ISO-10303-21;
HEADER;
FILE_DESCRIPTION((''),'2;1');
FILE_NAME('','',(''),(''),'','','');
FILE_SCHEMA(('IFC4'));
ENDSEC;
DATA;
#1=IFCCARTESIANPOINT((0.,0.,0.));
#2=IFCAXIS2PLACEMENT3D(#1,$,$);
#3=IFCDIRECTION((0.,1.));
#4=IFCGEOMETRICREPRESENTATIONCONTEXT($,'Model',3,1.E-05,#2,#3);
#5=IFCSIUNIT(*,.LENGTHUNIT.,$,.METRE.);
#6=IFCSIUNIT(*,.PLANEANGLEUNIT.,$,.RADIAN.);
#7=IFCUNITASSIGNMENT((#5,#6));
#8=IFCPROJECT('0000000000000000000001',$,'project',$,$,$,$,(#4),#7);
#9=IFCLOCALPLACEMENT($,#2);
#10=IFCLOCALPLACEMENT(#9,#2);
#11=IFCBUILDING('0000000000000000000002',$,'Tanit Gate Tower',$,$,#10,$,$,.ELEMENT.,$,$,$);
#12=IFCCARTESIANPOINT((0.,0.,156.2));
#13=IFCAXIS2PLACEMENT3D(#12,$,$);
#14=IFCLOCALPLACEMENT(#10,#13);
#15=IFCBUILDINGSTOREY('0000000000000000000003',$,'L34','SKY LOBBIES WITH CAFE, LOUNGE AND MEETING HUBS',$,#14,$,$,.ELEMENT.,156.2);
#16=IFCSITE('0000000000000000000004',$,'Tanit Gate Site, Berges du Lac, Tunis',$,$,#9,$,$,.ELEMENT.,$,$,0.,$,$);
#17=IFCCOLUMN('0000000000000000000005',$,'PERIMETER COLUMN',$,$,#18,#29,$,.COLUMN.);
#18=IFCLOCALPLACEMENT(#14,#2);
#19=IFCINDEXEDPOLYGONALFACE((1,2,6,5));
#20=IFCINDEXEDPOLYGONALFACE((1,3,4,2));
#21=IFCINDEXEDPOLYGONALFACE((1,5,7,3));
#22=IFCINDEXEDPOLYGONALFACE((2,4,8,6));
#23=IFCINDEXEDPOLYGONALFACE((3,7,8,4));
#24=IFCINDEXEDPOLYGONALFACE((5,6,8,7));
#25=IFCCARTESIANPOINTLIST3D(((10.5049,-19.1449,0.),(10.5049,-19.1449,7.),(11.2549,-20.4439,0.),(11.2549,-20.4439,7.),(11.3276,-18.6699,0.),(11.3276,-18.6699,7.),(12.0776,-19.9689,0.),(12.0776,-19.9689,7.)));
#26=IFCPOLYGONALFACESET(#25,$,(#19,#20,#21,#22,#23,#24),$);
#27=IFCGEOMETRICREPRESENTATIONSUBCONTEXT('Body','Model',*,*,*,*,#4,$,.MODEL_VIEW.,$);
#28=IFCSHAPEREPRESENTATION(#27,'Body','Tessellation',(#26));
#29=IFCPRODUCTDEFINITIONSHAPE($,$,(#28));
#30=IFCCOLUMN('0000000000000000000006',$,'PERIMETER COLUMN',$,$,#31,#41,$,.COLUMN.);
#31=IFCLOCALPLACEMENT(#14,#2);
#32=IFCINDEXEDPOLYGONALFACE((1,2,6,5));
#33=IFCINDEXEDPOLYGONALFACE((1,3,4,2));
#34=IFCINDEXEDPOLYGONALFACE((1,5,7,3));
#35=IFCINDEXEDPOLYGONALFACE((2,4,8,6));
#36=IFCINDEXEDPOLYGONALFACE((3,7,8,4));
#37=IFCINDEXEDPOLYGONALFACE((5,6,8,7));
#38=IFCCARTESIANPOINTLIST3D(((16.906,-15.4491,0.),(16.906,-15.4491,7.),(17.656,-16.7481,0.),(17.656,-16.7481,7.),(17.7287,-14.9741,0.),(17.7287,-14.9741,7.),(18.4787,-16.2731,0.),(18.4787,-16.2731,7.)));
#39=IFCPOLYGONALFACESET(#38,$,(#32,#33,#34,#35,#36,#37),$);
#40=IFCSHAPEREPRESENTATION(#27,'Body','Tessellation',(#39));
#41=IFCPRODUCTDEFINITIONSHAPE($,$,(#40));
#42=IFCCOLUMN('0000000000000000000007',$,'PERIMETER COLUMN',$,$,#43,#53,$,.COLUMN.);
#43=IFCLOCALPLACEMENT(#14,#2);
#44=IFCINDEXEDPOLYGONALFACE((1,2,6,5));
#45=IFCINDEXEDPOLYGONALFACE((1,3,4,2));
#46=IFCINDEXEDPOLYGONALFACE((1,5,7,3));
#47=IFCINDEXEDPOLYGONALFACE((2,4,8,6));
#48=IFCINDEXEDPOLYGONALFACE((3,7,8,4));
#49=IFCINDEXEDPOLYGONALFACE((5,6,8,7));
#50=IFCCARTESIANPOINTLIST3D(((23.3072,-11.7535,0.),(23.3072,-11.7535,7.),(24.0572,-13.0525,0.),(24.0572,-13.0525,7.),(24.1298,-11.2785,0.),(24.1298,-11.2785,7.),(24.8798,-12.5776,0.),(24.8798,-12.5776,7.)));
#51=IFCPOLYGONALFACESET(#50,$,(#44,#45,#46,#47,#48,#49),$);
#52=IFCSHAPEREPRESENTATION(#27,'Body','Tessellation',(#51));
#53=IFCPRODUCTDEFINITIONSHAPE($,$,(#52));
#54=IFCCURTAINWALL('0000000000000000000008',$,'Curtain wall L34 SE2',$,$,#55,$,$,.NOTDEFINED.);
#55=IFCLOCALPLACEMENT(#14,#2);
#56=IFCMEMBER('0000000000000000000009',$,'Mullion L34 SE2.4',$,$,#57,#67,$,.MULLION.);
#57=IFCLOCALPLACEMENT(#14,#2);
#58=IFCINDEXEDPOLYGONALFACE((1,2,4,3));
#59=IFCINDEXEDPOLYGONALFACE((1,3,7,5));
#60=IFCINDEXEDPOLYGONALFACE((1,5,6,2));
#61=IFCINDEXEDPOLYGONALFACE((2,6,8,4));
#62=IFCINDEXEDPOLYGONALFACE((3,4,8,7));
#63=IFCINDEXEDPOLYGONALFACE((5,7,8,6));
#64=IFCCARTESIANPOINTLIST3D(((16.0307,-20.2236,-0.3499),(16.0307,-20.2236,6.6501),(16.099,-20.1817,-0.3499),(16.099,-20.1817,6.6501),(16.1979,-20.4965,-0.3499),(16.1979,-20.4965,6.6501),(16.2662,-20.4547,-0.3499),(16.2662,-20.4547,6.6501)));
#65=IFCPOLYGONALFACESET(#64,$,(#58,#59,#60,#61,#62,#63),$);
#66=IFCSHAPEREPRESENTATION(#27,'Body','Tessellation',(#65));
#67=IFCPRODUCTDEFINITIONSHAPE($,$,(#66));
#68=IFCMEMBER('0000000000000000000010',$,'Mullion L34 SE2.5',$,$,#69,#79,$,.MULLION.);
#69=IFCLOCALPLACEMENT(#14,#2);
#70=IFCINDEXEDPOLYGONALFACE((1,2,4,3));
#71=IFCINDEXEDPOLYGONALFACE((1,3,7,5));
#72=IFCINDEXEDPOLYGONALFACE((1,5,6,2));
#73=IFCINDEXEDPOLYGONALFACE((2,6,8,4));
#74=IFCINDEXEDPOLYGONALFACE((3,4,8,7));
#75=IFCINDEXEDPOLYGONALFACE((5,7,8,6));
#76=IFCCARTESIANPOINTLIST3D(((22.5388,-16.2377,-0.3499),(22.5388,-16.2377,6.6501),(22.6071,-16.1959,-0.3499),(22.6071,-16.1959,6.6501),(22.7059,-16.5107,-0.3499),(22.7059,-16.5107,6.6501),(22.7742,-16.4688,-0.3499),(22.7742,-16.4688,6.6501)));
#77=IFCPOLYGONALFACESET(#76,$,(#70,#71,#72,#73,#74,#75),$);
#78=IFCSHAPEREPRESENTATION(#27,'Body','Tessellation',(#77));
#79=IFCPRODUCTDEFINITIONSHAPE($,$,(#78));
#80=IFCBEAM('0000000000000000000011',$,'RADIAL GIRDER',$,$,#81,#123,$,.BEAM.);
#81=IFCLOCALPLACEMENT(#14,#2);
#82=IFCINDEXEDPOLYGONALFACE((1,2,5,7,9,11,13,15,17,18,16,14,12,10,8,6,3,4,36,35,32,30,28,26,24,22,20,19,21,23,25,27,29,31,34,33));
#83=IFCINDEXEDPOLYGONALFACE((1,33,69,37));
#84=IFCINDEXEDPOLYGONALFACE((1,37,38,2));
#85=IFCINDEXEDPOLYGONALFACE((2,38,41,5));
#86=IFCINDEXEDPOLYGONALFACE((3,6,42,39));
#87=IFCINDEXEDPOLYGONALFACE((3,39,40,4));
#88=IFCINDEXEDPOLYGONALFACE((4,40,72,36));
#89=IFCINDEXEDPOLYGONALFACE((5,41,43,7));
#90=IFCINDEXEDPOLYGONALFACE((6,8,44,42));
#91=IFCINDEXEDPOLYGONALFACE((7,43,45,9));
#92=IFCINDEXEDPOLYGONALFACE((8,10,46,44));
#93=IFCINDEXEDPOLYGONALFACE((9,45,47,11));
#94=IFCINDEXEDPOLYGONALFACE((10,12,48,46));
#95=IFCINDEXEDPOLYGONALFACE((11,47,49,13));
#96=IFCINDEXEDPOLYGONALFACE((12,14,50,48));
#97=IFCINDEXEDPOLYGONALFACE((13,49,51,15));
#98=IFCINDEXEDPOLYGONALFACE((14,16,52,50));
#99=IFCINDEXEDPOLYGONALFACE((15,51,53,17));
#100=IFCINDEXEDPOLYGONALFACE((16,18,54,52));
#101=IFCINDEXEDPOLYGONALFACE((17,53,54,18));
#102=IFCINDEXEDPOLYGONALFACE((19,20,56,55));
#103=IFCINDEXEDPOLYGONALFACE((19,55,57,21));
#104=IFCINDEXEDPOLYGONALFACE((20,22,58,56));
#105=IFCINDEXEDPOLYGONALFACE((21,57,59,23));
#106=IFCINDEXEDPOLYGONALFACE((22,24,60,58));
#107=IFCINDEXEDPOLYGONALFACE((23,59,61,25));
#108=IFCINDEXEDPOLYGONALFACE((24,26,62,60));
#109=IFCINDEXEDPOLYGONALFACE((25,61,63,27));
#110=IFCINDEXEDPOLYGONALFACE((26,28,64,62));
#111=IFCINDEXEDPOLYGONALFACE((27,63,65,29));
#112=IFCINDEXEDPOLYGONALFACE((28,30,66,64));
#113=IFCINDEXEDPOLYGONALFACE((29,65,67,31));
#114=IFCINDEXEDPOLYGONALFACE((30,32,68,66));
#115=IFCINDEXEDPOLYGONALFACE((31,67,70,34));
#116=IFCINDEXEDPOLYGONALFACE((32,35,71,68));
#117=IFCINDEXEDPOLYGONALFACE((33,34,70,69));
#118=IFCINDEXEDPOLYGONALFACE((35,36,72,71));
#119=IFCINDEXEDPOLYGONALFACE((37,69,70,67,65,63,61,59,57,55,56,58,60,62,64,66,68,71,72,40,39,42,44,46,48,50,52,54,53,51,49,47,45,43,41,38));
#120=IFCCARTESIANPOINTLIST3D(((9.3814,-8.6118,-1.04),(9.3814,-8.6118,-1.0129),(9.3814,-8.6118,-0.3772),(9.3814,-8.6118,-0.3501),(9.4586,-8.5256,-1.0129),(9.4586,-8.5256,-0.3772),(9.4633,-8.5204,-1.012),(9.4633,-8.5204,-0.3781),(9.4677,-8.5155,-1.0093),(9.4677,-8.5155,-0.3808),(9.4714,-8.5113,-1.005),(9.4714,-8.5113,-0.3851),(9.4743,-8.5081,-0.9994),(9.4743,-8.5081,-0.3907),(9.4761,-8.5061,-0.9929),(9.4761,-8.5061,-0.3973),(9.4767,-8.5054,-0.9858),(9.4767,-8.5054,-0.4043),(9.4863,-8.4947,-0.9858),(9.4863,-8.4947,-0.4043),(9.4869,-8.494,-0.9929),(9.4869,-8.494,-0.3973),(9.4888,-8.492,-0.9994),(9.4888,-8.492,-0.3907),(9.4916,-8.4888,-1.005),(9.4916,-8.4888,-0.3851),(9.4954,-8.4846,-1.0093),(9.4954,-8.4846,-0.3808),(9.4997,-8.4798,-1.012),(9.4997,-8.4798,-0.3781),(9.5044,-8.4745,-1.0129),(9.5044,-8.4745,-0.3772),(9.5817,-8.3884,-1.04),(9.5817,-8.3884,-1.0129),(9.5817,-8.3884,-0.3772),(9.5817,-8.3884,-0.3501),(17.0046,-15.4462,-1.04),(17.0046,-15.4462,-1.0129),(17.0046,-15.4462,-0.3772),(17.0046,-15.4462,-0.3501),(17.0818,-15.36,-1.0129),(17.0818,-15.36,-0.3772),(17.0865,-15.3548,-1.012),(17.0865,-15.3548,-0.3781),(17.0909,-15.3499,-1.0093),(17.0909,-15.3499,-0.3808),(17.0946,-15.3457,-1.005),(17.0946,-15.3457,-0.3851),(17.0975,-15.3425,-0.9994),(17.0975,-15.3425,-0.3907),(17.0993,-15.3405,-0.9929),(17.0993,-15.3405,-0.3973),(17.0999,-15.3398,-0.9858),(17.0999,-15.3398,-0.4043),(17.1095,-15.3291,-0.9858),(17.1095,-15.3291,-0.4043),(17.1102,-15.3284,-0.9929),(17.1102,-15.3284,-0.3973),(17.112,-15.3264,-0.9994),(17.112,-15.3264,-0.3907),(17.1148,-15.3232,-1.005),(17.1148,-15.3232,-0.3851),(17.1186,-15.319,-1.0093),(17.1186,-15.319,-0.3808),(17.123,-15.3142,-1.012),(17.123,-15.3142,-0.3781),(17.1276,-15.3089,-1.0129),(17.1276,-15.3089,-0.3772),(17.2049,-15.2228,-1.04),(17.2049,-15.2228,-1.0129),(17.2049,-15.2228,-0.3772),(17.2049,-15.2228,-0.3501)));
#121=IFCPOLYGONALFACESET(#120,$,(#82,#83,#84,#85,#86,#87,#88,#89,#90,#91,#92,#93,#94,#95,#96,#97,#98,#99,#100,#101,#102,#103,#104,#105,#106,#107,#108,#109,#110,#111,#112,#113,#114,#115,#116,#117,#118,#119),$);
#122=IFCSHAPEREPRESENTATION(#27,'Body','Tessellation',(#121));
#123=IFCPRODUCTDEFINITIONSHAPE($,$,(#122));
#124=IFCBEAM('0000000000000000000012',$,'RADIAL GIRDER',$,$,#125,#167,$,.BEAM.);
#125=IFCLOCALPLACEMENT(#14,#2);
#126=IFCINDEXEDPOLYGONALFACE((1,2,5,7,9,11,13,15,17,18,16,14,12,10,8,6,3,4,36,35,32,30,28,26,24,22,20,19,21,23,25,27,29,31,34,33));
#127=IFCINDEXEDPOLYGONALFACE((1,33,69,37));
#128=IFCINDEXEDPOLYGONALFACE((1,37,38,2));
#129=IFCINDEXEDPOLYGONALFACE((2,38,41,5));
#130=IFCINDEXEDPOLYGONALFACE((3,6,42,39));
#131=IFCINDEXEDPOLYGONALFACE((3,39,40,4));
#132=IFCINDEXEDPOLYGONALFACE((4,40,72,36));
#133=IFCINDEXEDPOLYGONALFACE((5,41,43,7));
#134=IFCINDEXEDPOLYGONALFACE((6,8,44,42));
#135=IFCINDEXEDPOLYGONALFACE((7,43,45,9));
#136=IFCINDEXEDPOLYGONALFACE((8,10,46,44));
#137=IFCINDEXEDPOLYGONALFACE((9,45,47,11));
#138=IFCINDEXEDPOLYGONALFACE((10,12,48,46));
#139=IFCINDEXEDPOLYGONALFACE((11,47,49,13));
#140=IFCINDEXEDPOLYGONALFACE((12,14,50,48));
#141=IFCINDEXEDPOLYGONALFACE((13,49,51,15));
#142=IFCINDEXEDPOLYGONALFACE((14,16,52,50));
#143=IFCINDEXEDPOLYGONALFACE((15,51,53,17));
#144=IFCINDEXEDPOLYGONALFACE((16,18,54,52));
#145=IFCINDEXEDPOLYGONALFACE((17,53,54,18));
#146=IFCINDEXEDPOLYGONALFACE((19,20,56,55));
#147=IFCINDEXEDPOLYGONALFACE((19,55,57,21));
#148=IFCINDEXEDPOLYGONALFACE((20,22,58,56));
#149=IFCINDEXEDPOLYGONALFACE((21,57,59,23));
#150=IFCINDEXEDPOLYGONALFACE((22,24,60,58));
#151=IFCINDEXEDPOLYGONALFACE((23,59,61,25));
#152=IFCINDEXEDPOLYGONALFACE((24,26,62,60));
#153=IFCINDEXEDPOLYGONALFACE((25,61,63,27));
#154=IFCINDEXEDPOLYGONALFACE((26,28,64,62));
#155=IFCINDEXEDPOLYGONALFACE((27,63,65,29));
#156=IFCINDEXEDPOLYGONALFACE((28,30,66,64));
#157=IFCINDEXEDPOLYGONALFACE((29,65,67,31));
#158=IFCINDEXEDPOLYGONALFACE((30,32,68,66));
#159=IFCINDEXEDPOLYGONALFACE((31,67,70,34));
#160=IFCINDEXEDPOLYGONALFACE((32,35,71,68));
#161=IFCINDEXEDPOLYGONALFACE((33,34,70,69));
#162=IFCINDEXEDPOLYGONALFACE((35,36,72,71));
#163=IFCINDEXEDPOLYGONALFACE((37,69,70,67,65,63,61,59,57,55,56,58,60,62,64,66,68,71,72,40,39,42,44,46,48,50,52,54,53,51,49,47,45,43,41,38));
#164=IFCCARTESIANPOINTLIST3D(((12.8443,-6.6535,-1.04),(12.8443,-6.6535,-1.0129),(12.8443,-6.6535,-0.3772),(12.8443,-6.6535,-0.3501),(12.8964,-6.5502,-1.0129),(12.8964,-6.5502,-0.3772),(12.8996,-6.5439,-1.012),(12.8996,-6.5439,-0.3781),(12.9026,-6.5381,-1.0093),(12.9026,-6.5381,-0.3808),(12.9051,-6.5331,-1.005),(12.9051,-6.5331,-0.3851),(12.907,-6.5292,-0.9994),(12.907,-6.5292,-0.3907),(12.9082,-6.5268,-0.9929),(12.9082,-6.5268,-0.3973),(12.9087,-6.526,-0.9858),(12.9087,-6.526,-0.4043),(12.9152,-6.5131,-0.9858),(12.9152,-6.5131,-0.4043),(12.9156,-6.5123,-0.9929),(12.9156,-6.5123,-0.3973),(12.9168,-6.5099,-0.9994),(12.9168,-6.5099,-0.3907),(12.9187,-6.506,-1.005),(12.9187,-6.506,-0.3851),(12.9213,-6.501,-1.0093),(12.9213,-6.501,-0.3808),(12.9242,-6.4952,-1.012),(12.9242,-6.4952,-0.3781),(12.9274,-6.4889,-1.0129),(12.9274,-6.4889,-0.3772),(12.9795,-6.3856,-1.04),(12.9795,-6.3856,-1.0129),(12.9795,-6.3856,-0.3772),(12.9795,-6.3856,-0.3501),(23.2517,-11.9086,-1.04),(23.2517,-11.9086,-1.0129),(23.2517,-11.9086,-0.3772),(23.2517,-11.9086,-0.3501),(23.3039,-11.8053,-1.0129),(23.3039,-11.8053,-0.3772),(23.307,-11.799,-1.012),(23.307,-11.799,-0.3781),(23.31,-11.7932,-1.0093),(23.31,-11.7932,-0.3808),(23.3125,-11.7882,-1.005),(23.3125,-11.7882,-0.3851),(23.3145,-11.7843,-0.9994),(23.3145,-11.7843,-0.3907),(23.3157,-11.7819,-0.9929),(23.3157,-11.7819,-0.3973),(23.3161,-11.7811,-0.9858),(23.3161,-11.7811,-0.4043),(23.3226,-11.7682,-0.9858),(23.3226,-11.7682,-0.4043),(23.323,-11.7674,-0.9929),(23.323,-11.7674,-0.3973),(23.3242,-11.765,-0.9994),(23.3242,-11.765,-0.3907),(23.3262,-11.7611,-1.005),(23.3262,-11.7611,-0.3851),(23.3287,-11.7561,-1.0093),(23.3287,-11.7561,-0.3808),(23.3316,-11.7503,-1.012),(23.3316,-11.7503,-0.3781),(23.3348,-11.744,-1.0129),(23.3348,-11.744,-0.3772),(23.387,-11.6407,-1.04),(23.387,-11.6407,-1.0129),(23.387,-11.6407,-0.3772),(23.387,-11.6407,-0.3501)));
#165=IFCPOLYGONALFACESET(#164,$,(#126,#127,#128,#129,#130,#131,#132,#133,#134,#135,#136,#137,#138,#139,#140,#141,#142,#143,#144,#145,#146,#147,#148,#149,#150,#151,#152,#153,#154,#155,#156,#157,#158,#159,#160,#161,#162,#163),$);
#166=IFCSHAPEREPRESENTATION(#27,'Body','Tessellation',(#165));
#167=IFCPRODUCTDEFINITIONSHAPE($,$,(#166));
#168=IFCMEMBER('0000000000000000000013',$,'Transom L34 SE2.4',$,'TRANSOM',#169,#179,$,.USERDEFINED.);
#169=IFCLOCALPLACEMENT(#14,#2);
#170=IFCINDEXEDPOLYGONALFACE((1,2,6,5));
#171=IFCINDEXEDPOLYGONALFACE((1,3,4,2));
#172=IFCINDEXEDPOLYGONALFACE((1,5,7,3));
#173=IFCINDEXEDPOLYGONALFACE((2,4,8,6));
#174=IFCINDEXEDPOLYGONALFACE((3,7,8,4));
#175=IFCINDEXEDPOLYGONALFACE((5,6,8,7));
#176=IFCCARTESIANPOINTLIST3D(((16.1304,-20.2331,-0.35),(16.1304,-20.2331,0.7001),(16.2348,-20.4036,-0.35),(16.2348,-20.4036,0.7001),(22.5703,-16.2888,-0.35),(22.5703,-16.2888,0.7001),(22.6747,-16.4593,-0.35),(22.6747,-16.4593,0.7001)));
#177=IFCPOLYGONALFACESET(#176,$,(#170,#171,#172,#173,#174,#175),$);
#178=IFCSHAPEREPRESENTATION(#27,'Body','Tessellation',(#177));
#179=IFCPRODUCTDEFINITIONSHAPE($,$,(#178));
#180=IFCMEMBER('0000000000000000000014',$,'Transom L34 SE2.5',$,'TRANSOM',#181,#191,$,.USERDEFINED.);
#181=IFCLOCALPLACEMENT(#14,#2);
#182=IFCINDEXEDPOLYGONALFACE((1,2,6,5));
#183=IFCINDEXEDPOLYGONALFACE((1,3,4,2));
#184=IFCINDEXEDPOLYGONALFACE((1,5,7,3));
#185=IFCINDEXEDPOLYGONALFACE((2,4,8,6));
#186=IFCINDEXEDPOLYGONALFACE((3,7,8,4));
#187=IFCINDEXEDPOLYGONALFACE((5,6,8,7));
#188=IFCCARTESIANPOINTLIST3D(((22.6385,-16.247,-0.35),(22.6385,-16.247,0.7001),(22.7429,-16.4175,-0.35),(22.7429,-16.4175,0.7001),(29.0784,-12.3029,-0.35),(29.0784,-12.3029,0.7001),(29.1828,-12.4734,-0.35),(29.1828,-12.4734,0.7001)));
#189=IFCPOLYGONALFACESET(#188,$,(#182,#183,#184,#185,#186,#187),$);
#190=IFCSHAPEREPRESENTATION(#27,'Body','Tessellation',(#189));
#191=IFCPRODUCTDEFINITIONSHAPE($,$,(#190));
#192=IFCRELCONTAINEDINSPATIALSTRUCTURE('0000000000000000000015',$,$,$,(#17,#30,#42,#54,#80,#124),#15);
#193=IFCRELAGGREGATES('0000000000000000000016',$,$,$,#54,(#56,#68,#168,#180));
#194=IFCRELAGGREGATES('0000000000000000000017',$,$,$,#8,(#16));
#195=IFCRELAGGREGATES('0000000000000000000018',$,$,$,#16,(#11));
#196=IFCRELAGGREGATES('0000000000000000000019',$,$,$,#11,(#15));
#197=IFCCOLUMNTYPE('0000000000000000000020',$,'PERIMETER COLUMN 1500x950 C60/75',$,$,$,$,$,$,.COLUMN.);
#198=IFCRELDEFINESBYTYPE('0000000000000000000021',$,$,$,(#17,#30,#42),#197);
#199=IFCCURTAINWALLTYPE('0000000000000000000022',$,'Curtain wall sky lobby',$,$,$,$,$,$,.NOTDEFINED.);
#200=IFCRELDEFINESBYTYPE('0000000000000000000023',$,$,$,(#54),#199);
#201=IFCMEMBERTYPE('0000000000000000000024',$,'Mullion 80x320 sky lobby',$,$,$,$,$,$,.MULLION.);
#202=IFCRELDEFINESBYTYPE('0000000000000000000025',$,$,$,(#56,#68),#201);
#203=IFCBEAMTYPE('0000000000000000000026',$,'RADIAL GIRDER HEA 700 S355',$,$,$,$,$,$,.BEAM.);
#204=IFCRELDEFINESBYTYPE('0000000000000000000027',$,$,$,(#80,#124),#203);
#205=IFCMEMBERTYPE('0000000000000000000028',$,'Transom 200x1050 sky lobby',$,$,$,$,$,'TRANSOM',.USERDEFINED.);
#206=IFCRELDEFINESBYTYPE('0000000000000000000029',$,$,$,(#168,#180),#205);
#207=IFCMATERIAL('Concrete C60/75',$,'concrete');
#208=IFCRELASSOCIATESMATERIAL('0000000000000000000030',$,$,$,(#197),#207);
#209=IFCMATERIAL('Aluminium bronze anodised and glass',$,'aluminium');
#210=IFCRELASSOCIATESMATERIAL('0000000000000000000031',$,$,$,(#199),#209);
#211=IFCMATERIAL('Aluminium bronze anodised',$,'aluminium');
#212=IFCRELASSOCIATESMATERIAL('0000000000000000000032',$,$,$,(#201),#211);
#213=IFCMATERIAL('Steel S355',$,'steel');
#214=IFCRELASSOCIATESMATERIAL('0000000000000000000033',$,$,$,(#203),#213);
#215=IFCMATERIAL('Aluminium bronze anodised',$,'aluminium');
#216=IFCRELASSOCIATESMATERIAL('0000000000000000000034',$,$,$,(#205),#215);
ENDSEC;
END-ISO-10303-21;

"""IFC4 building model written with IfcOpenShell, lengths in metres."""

from ifc_helpers import new_model, si_unit, direction, frame, origin, origin_2d, place, context, subcontext, project, spatial, rectangle, i_section, extrude, material, material_profile, profile_set, type_object, element, aggregate, save


model = new_model("IFC4")

# Units and contexts
model_context = context("Model", 3, precision=1e-05, world=origin(), true_north=direction((0.0, 1.0)))
body_context = subcontext(model_context, "Body", "Model", "MODEL_VIEW")
ifc_project = project(units=[si_unit("LENGTHUNIT", "METRE"), si_unit("PLANEANGLEUNIT", "RADIAN")], contexts=[model_context])

# Site, building, storey
site_placement = place(None, origin())
site = spatial("IfcSite", under=ifc_project, at=site_placement, Name="Tanit Gate Site, Berges du Lac, Tunis", CompositionType="ELEMENT", RefElevation=0.0)
building_placement = place(site_placement, origin())
building = spatial("IfcBuilding", under=site, at=building_placement, Name="Tanit Gate Tower", CompositionType="ELEMENT")
storey_placement = place(building_placement, frame((0.0, 0.0, 156.2)))
storey = spatial("IfcBuildingStorey", under=building, at=storey_placement, Name="L34", Description="SKY LOBBIES WITH CAFE, LOUNGE AND MEETING HUBS", CompositionType="ELEMENT", Elevation=156.2)

# Columns
ifc_material_1 = material(Name="Concrete C60/75", Category="concrete")
ifc_material_profile_1 = material_profile(ifc_material_1, rectangle(XDim=1.5, YDim=0.95, at=origin_2d()), Name="RC 1500x950")
ifc_profile_set_1 = profile_set([ifc_material_profile_1], Name="Concrete C60/75")
column_type = type_object("IfcColumnType", Name="PERIMETER COLUMN 1500x950 C60/75", PredefinedType="COLUMN", material=ifc_profile_set_1)
for number, where, z_axis, x_axis, name in (
    (1, (11.2913, -19.5569, 0.0), (0.0, 0.0, 1.0), (0.5, -0.866025, 0.0), "PERIMETER COLUMN"),
    (2, (17.6924, -15.8611, 0.0), (0.0, 0.0, 1.0), (0.5, -0.866025, 0.0), "PERIMETER COLUMN"),
    (3, (24.0935, -12.1655, 0.0), (0.0, 0.0, 1.0), (0.5, -0.866025, 0.0), "PERIMETER COLUMN"),
):
    element("IfcColumn", number, at=place(storey_placement, frame(where, z_axis=z_axis, x_axis=x_axis)), inside=storey, type_object=column_type, Name=name, PredefinedType="COLUMN", context=body_context, shape_type="SweptSolid", body=[
        extrude(rectangle(XDim=1.5, YDim=0.95, at=origin_2d()), origin(), (0.0, 0.0, 1.0), 7.0),
    ])

# Curtain wall, members
ifc_material_2 = material(Name="Aluminium bronze anodised and glass", Category="aluminium")
curtain_wall_type = type_object("IfcCurtainWallType", Name="Curtain wall sky lobby", PredefinedType="NOTDEFINED", material=ifc_material_2)
curtain_wall_placement = place(storey_placement, origin())
curtain_wall = element("IfcCurtainWall", 4, at=curtain_wall_placement, inside=storey, type_object=curtain_wall_type, Name="Curtain wall L34 SE2", PredefinedType="NOTDEFINED")
ifc_material_3 = material(Name="Aluminium bronze anodised", Category="aluminium")
ifc_material_profile_2 = material_profile(ifc_material_3, rectangle(XDim=0.3201, YDim=0.0801, at=origin_2d()), Name="80x320 bronze mullion")
ifc_profile_set_2 = profile_set([ifc_material_profile_2], Name="Aluminium bronze anodised")
member_type_1 = type_object("IfcMemberType", Name="Mullion 80x320 sky lobby", PredefinedType="MULLION", material=ifc_profile_set_2)
member_1_placement = place(storey_placement, frame((16.1484, -20.3391, -0.3499), z_axis=(0.0, 0.0, 1.0), x_axis=(-0.522283, 0.852772, 0.0)))
member_1 = element("IfcMember", 5, at=member_1_placement, type_object=member_type_1, Name="Mullion L34 SE2.4", PredefinedType="MULLION", context=body_context, shape_type="SweptSolid", body=[
    extrude(rectangle(XDim=0.3201, YDim=0.0801, at=origin_2d()), origin(), (0.0, 0.0, 1.0), 7.0),
])
member_2_placement = place(storey_placement, frame((22.6565, -16.3533, -0.3499), z_axis=(0.0, 0.0, 1.0), x_axis=(-0.522283, 0.852772, 0.0)))
member_2 = element("IfcMember", 6, at=member_2_placement, type_object=member_type_1, Name="Mullion L34 SE2.5", PredefinedType="MULLION", context=body_context, shape_type="SweptSolid", body=[
    extrude(rectangle(XDim=0.3201, YDim=0.0801, at=origin_2d()), origin(), (0.0, 0.0, 1.0), 7.0),
])

# Beams
ifc_material_4 = material(Name="Steel S355", Category="steel")
ifc_material_profile_3 = material_profile(ifc_material_4, i_section(OverallWidth=0.3, OverallDepth=0.6899, WebThickness=0.0144, FlangeThickness=0.0271, FilletRadius=0.0271, at=origin_2d()), Name="HEA 700")
ifc_profile_set_3 = profile_set([ifc_material_profile_3], Name="Steel S355")
beam_type = type_object("IfcBeamType", Name="RADIAL GIRDER HEA 700 S355", PredefinedType="BEAM", material=ifc_profile_set_3)
beam_1_placement = place(storey_placement, frame((17.1047, -15.3345, -0.6951), z_axis=(-0.744579, 0.667534, 0.0), x_axis=(-0.667534, -0.744579, 0.0)))
element("IfcBeam", 7, at=beam_1_placement, inside=storey, type_object=beam_type, Name="RADIAL GIRDER", PredefinedType="BEAM", context=body_context, shape_type="SweptSolid", body=[
    extrude(i_section(OverallWidth=0.3, OverallDepth=0.6899, WebThickness=0.0144, FlangeThickness=0.0271, FilletRadius=0.0271, at=origin_2d()), origin(), (0.0, 0.0, 1.0), 10.2383),
])
beam_2_placement = place(storey_placement, frame((23.3193, -11.7747, -0.6951), z_axis=(-0.892657, 0.450736, 0.0), x_axis=(-0.450736, -0.892657, 0.0)))
element("IfcBeam", 8, at=beam_2_placement, inside=storey, type_object=beam_type, Name="RADIAL GIRDER", PredefinedType="BEAM", context=body_context, shape_type="SweptSolid", body=[
    extrude(i_section(OverallWidth=0.3, OverallDepth=0.6899, WebThickness=0.0144, FlangeThickness=0.0271, FilletRadius=0.0271, at=origin_2d()), origin(), (0.0, 0.0, 1.0), 11.6589),
])

# Members
ifc_material_5 = material(Name="Aluminium bronze anodised", Category="aluminium")
ifc_material_profile_4 = material_profile(ifc_material_5, rectangle(XDim=0.2, YDim=1.05, at=origin_2d()), Name="200x1050 bronze transom")
ifc_profile_set_4 = profile_set([ifc_material_profile_4], Name="Aluminium bronze anodised")
member_type_2 = type_object("IfcMemberType", Name="Transom 200x1050 sky lobby", ElementType="TRANSOM", PredefinedType="USERDEFINED", material=ifc_profile_set_4)
member_3_placement = place(storey_placement, frame((16.1826, -20.3184, 0.175), z_axis=(0.852762, 0.5223, 0.0), x_axis=(-0.5223, 0.852762, 0.0)))
member_3 = element("IfcMember", 9, at=member_3_placement, type_object=member_type_2, Name="Transom L34 SE2.4", ObjectType="TRANSOM", PredefinedType="USERDEFINED", context=body_context, shape_type="SweptSolid", body=[
    extrude(rectangle(XDim=0.2, YDim=1.05, at=origin_2d()), origin(), (0.0, 0.0, 1.0), 7.5518),
])
member_4_placement = place(storey_placement, frame((22.6907, -16.3323, 0.175), z_axis=(0.852776, 0.522276, 0.0), x_axis=(-0.522276, 0.852776, 0.0)))
member_4 = element("IfcMember", 10, at=member_4_placement, type_object=member_type_2, Name="Transom L34 SE2.5", ObjectType="TRANSOM", PredefinedType="USERDEFINED", context=body_context, shape_type="SweptSolid", body=[
    extrude(rectangle(XDim=0.2, YDim=1.05, at=origin_2d()), origin(), (0.0, 0.0, 1.0), 7.5518),
])

aggregate(curtain_wall, [member_1, member_2, member_3, member_4])

save(model, "model.ifc")
